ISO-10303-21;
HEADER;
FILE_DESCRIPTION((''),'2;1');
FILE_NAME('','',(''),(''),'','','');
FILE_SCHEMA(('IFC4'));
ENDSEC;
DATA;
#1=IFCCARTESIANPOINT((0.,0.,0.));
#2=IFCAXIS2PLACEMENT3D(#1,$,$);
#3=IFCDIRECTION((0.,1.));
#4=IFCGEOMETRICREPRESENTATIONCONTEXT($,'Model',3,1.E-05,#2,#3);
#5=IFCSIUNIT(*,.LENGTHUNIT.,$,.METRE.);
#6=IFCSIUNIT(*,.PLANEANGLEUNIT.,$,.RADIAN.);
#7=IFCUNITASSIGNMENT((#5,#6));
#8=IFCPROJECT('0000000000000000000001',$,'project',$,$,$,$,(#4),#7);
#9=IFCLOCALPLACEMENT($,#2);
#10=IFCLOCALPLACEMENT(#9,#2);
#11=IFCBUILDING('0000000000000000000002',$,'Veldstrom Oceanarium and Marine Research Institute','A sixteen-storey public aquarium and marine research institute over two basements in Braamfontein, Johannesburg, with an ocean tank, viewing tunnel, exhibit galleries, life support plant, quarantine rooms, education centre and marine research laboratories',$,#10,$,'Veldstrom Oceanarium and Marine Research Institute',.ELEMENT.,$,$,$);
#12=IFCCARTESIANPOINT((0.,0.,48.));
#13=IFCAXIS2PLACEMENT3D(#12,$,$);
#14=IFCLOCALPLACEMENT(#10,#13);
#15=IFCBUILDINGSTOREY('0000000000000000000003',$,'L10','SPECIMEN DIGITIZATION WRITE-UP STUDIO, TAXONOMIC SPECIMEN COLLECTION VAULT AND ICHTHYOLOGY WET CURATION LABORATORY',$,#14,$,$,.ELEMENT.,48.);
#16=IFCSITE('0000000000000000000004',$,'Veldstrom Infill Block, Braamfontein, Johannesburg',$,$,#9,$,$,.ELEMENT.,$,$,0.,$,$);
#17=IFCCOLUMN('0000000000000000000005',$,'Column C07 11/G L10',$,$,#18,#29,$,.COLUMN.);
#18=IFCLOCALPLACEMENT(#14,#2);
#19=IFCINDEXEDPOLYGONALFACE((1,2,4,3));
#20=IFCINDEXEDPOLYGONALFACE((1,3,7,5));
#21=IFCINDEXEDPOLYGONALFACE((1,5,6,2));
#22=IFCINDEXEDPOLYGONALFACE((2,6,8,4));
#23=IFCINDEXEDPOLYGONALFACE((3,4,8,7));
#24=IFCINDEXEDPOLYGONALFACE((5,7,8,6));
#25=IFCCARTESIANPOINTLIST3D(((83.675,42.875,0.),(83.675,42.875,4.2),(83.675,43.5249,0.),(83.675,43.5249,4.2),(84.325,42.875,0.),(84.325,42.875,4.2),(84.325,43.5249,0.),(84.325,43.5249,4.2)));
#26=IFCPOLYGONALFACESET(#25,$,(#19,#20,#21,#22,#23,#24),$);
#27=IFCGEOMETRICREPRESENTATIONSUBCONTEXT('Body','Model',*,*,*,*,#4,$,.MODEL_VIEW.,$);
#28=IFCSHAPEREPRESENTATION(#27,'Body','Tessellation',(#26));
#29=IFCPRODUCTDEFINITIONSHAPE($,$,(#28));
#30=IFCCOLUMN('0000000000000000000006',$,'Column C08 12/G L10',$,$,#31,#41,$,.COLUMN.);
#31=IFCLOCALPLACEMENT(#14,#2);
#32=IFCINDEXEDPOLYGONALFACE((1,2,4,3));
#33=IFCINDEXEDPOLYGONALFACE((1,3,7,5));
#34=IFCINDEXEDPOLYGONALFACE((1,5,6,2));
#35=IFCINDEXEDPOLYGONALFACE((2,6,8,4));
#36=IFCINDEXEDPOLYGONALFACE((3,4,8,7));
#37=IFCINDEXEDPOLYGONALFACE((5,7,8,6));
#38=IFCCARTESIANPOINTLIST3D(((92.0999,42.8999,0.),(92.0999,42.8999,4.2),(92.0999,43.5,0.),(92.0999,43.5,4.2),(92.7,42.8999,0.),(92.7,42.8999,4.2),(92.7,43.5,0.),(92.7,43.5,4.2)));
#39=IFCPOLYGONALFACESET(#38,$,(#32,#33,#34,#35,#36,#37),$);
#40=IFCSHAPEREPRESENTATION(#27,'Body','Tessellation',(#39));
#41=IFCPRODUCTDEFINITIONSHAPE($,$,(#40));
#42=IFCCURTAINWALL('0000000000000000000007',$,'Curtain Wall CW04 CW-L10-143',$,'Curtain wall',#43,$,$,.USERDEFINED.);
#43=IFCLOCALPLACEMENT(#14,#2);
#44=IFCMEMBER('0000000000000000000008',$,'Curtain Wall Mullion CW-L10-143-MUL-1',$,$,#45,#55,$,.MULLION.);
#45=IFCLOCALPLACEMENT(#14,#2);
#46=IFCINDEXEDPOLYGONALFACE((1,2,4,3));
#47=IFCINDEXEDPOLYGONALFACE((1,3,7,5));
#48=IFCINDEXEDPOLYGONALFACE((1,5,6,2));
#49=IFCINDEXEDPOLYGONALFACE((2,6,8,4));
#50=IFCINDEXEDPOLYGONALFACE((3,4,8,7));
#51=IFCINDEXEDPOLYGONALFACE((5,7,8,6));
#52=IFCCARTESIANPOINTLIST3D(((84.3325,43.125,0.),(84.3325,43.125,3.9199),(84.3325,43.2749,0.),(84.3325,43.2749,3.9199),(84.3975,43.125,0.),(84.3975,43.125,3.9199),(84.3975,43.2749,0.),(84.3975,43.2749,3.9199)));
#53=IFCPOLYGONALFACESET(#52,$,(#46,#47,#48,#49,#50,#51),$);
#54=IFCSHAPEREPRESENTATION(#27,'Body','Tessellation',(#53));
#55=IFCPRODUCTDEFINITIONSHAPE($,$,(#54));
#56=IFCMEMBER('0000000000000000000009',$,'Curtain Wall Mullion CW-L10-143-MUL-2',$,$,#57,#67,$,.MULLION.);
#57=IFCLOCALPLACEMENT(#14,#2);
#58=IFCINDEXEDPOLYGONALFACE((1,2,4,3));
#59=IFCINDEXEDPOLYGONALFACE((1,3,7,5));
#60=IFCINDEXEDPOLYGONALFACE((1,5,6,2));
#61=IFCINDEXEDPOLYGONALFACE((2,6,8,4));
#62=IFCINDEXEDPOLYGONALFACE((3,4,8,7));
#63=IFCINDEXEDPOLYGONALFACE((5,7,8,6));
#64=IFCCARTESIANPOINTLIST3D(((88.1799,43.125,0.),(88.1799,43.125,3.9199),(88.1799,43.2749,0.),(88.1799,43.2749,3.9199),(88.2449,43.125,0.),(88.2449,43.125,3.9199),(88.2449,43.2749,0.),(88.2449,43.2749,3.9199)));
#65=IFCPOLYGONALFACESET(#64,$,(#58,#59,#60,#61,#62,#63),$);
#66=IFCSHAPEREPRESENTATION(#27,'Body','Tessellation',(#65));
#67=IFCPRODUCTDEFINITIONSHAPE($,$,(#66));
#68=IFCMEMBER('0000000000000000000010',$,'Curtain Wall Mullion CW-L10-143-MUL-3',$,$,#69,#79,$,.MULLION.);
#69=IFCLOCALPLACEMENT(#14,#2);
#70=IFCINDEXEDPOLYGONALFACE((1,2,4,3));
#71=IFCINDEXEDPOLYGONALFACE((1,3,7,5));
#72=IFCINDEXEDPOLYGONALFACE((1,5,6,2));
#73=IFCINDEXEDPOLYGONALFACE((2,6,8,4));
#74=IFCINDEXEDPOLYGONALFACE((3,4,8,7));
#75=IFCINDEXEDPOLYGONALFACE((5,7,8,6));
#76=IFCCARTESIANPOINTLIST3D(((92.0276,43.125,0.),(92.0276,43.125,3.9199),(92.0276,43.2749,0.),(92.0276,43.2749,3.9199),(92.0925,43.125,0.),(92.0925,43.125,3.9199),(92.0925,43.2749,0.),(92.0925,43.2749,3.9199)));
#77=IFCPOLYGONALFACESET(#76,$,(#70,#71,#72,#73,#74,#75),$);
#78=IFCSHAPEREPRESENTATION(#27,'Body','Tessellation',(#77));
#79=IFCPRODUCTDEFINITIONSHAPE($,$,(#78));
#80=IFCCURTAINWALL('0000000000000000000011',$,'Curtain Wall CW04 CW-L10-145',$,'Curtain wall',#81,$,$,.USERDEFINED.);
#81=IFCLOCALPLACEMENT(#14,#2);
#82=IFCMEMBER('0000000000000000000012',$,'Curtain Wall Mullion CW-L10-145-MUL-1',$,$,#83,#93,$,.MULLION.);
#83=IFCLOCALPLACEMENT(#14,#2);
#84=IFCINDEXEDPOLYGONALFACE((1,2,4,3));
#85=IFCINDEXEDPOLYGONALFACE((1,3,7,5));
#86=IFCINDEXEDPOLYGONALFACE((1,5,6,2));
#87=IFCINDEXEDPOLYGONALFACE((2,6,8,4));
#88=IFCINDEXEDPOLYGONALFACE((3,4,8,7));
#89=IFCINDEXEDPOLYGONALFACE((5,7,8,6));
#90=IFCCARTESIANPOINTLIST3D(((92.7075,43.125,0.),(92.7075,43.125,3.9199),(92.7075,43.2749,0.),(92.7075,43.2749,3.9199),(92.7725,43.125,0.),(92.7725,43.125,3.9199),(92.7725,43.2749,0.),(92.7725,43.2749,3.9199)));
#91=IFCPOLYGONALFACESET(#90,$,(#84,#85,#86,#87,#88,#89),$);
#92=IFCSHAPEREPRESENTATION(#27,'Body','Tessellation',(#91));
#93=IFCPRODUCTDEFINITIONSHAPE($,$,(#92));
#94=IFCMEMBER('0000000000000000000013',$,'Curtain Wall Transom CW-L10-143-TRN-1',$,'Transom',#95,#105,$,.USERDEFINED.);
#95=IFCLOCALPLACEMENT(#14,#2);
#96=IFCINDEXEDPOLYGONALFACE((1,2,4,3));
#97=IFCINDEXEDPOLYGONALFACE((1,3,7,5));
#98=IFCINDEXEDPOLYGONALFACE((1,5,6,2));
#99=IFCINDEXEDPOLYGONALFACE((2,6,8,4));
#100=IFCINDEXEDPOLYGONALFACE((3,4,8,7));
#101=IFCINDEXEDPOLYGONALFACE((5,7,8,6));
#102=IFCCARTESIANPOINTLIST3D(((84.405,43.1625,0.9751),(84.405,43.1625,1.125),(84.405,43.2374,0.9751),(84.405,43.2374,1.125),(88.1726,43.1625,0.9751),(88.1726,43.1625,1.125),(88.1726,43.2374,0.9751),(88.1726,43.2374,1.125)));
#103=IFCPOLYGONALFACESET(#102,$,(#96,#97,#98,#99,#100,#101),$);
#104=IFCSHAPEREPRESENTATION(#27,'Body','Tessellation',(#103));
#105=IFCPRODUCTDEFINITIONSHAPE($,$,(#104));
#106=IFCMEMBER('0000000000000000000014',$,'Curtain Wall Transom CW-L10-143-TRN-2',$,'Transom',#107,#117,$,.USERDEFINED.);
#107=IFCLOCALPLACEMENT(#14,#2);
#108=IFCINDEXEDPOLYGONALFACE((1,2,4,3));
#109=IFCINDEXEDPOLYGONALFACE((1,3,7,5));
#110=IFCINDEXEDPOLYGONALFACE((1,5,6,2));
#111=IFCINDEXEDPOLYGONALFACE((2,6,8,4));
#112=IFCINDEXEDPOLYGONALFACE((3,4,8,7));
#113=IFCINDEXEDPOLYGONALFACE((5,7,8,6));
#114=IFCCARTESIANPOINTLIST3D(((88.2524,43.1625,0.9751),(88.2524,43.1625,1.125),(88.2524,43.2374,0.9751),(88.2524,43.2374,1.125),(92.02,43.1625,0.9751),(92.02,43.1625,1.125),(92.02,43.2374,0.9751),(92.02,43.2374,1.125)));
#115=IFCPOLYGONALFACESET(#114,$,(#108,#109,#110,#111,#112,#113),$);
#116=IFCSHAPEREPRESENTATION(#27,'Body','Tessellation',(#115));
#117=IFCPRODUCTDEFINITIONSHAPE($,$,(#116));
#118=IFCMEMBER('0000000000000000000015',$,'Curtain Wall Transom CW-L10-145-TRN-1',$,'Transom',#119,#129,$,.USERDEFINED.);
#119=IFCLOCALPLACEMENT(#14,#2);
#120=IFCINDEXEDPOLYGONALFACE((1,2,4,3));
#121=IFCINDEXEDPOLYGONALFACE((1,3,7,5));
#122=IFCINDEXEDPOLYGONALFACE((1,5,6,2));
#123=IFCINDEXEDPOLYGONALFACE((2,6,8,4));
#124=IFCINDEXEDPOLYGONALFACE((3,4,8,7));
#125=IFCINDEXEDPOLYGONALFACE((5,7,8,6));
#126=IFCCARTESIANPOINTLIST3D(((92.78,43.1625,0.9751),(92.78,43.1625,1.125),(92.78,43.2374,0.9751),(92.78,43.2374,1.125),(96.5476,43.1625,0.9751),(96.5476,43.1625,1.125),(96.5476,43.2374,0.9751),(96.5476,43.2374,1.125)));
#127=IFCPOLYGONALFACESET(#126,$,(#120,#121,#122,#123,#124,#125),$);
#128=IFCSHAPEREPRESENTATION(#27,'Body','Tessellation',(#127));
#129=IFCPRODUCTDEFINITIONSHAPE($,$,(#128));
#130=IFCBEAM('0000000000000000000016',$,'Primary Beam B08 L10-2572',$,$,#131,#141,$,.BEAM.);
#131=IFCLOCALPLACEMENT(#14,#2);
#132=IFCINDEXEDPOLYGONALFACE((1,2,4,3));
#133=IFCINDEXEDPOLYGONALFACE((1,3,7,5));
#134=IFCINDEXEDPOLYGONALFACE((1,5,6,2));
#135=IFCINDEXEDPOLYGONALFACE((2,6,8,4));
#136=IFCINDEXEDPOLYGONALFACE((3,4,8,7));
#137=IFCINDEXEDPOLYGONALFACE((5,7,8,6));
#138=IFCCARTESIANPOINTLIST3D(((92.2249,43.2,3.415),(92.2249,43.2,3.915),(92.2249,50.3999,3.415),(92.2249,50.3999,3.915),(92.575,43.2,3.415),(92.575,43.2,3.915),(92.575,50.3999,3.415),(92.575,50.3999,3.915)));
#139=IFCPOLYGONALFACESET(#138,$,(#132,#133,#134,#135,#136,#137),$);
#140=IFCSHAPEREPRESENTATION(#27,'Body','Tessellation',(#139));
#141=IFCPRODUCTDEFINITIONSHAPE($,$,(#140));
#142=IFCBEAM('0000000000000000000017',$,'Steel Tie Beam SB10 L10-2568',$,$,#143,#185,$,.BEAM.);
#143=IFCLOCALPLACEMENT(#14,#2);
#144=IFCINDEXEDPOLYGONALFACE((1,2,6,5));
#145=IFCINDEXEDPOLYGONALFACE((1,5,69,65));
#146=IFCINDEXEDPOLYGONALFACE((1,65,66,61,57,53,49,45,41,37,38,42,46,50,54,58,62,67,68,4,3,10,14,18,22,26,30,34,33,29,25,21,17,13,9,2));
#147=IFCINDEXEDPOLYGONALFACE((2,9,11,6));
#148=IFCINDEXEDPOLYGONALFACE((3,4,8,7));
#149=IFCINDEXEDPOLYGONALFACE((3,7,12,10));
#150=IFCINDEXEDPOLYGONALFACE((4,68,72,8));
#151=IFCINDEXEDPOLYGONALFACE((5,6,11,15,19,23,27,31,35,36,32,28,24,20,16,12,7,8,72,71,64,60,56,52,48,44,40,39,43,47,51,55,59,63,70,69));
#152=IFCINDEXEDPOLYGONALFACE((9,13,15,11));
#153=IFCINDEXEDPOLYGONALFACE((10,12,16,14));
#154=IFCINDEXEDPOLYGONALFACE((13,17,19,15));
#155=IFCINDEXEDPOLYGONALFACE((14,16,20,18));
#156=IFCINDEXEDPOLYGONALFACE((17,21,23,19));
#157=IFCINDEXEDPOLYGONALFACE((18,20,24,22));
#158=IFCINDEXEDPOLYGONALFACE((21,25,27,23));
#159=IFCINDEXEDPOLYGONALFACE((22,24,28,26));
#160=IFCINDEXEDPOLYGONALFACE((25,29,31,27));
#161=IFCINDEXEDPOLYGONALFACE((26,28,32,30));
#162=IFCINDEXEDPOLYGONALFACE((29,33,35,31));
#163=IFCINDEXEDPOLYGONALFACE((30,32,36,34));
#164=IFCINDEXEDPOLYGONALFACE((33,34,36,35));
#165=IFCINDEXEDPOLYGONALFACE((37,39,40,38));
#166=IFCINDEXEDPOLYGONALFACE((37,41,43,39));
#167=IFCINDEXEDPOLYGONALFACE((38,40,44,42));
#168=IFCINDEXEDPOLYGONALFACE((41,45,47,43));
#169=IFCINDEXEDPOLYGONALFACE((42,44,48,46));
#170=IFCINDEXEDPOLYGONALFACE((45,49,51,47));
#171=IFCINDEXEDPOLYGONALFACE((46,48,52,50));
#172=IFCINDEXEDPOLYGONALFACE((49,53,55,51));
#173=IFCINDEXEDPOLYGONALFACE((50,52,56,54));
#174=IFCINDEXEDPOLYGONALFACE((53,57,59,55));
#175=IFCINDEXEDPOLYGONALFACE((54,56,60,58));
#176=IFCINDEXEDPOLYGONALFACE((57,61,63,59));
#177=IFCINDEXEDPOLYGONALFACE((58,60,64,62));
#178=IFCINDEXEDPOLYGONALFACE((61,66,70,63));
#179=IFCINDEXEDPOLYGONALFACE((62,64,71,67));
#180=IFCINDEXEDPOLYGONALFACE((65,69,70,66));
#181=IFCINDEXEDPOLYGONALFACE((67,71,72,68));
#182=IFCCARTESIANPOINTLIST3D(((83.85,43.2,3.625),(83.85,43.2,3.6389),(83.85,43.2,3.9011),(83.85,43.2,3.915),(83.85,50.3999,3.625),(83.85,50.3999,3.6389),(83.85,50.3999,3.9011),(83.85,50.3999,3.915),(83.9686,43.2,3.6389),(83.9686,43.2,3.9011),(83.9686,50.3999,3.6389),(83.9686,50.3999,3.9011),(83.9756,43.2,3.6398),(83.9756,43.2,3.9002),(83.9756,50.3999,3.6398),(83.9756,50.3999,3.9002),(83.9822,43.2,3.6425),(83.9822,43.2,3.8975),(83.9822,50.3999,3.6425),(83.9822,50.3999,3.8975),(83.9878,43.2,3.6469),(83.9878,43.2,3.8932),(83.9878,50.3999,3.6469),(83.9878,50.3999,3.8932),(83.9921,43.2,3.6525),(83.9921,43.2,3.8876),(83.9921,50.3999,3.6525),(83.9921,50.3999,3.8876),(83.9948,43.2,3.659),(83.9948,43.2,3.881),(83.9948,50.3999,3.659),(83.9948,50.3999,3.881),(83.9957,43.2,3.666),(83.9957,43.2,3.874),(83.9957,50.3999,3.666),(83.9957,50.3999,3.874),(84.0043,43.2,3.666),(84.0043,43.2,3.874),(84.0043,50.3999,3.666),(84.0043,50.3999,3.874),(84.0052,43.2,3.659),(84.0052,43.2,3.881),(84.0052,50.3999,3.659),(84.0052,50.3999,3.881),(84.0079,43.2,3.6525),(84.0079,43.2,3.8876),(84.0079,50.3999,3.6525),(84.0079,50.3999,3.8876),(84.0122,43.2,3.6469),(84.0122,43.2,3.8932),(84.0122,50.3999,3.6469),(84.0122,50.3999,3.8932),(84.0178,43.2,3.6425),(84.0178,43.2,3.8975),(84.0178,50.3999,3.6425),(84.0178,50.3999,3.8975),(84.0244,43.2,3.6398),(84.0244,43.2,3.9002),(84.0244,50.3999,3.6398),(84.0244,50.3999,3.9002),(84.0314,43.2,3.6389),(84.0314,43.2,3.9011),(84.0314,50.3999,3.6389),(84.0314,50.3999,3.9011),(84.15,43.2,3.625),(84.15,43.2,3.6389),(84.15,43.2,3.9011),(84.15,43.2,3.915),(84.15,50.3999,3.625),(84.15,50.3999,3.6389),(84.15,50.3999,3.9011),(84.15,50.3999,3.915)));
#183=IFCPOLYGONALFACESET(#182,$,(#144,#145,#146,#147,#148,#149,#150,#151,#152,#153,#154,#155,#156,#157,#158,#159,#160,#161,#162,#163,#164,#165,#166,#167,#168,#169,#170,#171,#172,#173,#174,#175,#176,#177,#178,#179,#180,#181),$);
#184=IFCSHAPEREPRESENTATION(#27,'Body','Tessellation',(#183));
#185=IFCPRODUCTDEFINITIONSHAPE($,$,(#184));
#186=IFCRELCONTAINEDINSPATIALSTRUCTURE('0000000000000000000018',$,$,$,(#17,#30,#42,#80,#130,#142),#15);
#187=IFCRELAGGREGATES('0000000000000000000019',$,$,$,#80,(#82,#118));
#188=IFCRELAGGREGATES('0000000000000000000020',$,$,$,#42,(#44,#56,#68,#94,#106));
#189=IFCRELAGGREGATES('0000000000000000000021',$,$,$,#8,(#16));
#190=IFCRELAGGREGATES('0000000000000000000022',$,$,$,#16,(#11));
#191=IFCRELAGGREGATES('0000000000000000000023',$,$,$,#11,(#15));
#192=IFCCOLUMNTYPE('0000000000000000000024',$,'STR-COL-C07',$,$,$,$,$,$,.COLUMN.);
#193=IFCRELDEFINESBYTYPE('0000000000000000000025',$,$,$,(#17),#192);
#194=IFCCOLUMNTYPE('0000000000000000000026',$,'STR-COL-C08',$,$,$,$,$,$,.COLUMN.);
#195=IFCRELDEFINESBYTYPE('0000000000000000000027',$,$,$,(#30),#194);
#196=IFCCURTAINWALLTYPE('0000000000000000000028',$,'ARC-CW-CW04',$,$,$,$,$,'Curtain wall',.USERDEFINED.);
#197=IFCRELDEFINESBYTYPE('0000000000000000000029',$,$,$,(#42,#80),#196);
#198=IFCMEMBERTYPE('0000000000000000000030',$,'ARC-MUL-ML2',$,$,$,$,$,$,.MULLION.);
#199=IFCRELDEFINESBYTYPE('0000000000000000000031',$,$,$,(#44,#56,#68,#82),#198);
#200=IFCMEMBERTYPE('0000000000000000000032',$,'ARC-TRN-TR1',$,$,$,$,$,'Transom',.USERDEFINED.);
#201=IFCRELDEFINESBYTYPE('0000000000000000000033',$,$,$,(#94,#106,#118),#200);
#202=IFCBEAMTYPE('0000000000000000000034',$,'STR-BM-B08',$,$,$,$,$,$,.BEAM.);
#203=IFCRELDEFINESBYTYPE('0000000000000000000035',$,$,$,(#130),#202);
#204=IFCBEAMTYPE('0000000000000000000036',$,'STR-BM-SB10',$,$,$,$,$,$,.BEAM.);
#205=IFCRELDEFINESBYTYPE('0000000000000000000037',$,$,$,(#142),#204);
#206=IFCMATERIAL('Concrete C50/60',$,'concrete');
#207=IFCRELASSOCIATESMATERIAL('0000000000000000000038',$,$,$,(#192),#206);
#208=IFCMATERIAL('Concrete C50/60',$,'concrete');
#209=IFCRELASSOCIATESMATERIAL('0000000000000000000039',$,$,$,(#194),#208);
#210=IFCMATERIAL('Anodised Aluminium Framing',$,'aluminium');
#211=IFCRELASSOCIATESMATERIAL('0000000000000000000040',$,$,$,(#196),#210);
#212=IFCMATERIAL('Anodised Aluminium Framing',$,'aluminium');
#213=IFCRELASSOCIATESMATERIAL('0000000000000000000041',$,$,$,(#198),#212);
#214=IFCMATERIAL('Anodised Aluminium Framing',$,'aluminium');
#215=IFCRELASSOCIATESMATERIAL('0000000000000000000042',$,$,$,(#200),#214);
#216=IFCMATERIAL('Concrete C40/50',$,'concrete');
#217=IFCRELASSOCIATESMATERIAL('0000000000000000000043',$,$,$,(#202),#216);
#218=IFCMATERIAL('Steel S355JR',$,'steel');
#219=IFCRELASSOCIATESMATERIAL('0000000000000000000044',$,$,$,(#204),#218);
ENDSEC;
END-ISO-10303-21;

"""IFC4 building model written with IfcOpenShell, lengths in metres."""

from ifc_helpers import new_model, si_unit, direction, frame, origin, origin_2d, place, context, subcontext, project, spatial, rectangle, i_section, extrude, material, material_profile, profile_set, type_object, element, aggregate, save


model = new_model("IFC4")

# Units and contexts
model_context = context("Model", 3, precision=1e-05, world=origin(), true_north=direction((0.0, 1.0)))
body_context = subcontext(model_context, "Body", "Model", "MODEL_VIEW")
ifc_project = project(units=[si_unit("LENGTHUNIT", "METRE"), si_unit("PLANEANGLEUNIT", "RADIAN")], contexts=[model_context])

# Site, building, storey
site_placement = place(None, origin())
site = spatial("IfcSite", under=ifc_project, at=site_placement, Name="Veldstrom Infill Block, Braamfontein, Johannesburg", CompositionType="ELEMENT", RefElevation=0.0)
building_placement = place(site_placement, origin())
building = spatial("IfcBuilding", under=site, at=building_placement, Name="Veldstrom Oceanarium and Marine Research Institute", Description="A sixteen-storey public aquarium and marine research institute over two basements in Braamfontein, Johannesburg, with an ocean tank, viewing tunnel, exhibit galleries, life support plant, quarantine rooms, education centre and marine research laboratories", LongName="Veldstrom Oceanarium and Marine Research Institute", CompositionType="ELEMENT")
storey_placement = place(building_placement, frame((0.0, 0.0, 48.0)))
storey = spatial("IfcBuildingStorey", under=building, at=storey_placement, Name="L10", Description="SPECIMEN DIGITIZATION WRITE-UP STUDIO, TAXONOMIC SPECIMEN COLLECTION VAULT AND ICHTHYOLOGY WET CURATION LABORATORY", CompositionType="ELEMENT", Elevation=48.0)

# Columns
ifc_material_1 = material(Name="Concrete C50/60", Category="concrete")
ifc_material_profile_1 = material_profile(ifc_material_1, rectangle(XDim=0.6499, YDim=0.6499, at=origin_2d()), Name="RC-COL-650x650")
ifc_profile_set_1 = profile_set([ifc_material_profile_1], Name="Concrete C50/60")
column_type_1 = type_object("IfcColumnType", Name="STR-COL-C07", PredefinedType="COLUMN", material=ifc_profile_set_1)
column_1_placement = place(storey_placement, frame((84.0, 43.2, 0.0), z_axis=(0.0, 0.0, 1.0), x_axis=(1.0, 0.0, 0.0)))
element("IfcColumn", 1, at=column_1_placement, inside=storey, type_object=column_type_1, Name="Column C07 11/G L10", PredefinedType="COLUMN", context=body_context, shape_type="SweptSolid", body=[
    extrude(rectangle(XDim=0.6499, YDim=0.6499, at=origin_2d()), origin(), (0.0, 0.0, 1.0), 4.2),
])
ifc_material_2 = material(Name="Concrete C50/60", Category="concrete")
ifc_material_profile_2 = material_profile(ifc_material_2, rectangle(XDim=0.6001, YDim=0.6001, at=origin_2d()), Name="RC-COL-600x600")
ifc_profile_set_2 = profile_set([ifc_material_profile_2], Name="Concrete C50/60")
column_type_2 = type_object("IfcColumnType", Name="STR-COL-C08", PredefinedType="COLUMN", material=ifc_profile_set_2)
column_2_placement = place(storey_placement, frame((92.3999, 43.2, 0.0), z_axis=(0.0, 0.0, 1.0), x_axis=(1.0, 0.0, 0.0)))
element("IfcColumn", 2, at=column_2_placement, inside=storey, type_object=column_type_2, Name="Column C08 12/G L10", PredefinedType="COLUMN", context=body_context, shape_type="SweptSolid", body=[
    extrude(rectangle(XDim=0.6001, YDim=0.6001, at=origin_2d()), origin(), (0.0, 0.0, 1.0), 4.2),
])

# Curtain wall, members
ifc_material_3 = material(Name="Anodised Aluminium Framing", Category="aluminium")
curtain_wall_type = type_object("IfcCurtainWallType", Name="ARC-CW-CW04", ElementType="Curtain wall", PredefinedType="USERDEFINED", material=ifc_material_3)
curtain_wall_1_placement = place(storey_placement, origin())
curtain_wall_1 = element("IfcCurtainWall", 3, at=curtain_wall_1_placement, inside=storey, type_object=curtain_wall_type, Name="Curtain Wall CW04 CW-L10-143", ObjectType="Curtain wall", PredefinedType="USERDEFINED")
ifc_material_4 = material(Name="Anodised Aluminium Framing", Category="aluminium")
ifc_material_profile_3 = material_profile(ifc_material_4, rectangle(XDim=0.0649, YDim=0.1499, at=origin_2d()), Name="ALU-MUL-65x150")
ifc_profile_set_3 = profile_set([ifc_material_profile_3], Name="Anodised Aluminium Framing")
member_type_1 = type_object("IfcMemberType", Name="ARC-MUL-ML2", PredefinedType="MULLION", material=ifc_profile_set_3)
member_1_placement = place(storey_placement, frame((84.365, 43.2, 0.0), z_axis=(0.0, 0.0, 1.0), x_axis=(1.0, 0.0, 0.0)))
member_1 = element("IfcMember", 4, at=member_1_placement, type_object=member_type_1, Name="Curtain Wall Mullion CW-L10-143-MUL-1", PredefinedType="MULLION", context=body_context, shape_type="SweptSolid", body=[
    extrude(rectangle(XDim=0.0649, YDim=0.1499, at=origin_2d()), origin(), (0.0, 0.0, 1.0), 3.9199),
])
member_2_placement = place(storey_placement, frame((88.2124, 43.2, 0.0), z_axis=(0.0, 0.0, 1.0), x_axis=(1.0, 0.0, 0.0)))
member_2 = element("IfcMember", 5, at=member_2_placement, type_object=member_type_1, Name="Curtain Wall Mullion CW-L10-143-MUL-2", PredefinedType="MULLION", context=body_context, shape_type="SweptSolid", body=[
    extrude(rectangle(XDim=0.0649, YDim=0.1499, at=origin_2d()), origin(), (0.0, 0.0, 1.0), 3.9199),
])
member_3_placement = place(storey_placement, frame((92.0601, 43.2, 0.0), z_axis=(0.0, 0.0, 1.0), x_axis=(1.0, 0.0, 0.0)))
member_3 = element("IfcMember", 6, at=member_3_placement, type_object=member_type_1, Name="Curtain Wall Mullion CW-L10-143-MUL-3", PredefinedType="MULLION", context=body_context, shape_type="SweptSolid", body=[
    extrude(rectangle(XDim=0.0649, YDim=0.1499, at=origin_2d()), origin(), (0.0, 0.0, 1.0), 3.9199),
])

# Curtain wall, member
curtain_wall_2_placement = place(storey_placement, origin())
curtain_wall_2 = element("IfcCurtainWall", 7, at=curtain_wall_2_placement, inside=storey, type_object=curtain_wall_type, Name="Curtain Wall CW04 CW-L10-145", ObjectType="Curtain wall", PredefinedType="USERDEFINED")
member_4_placement = place(storey_placement, frame((92.74, 43.2, 0.0), z_axis=(0.0, 0.0, 1.0), x_axis=(1.0, 0.0, 0.0)))
member_4 = element("IfcMember", 8, at=member_4_placement, type_object=member_type_1, Name="Curtain Wall Mullion CW-L10-145-MUL-1", PredefinedType="MULLION", context=body_context, shape_type="SweptSolid", body=[
    extrude(rectangle(XDim=0.0649, YDim=0.1499, at=origin_2d()), origin(), (0.0, 0.0, 1.0), 3.9199),
])

# Members
ifc_material_5 = material(Name="Anodised Aluminium Framing", Category="aluminium")
ifc_material_profile_4 = material_profile(ifc_material_5, rectangle(XDim=0.075, YDim=0.1499, at=origin_2d()), Name="ALU-TRN-75x150")
ifc_profile_set_4 = profile_set([ifc_material_profile_4], Name="Anodised Aluminium Framing")
member_type_2 = type_object("IfcMemberType", Name="ARC-TRN-TR1", ElementType="Transom", PredefinedType="USERDEFINED", material=ifc_profile_set_4)
member_5_placement = place(storey_placement, frame((84.405, 43.2, 1.05), z_axis=(1.0, 0.0, 0.0), x_axis=(0.0, 1.0, 0.0)))
member_5 = element("IfcMember", 9, at=member_5_placement, type_object=member_type_2, Name="Curtain Wall Transom CW-L10-143-TRN-1", ObjectType="Transom", PredefinedType="USERDEFINED", context=body_context, shape_type="SweptSolid", body=[
    extrude(rectangle(XDim=0.075, YDim=0.1499, at=origin_2d()), origin(), (0.0, 0.0, 1.0), 3.7676),
])
member_6_placement = place(storey_placement, frame((88.2524, 43.2, 1.05), z_axis=(1.0, 0.0, 0.0), x_axis=(0.0, 1.0, 0.0)))
member_6 = element("IfcMember", 10, at=member_6_placement, type_object=member_type_2, Name="Curtain Wall Transom CW-L10-143-TRN-2", ObjectType="Transom", PredefinedType="USERDEFINED", context=body_context, shape_type="SweptSolid", body=[
    extrude(rectangle(XDim=0.075, YDim=0.1499, at=origin_2d()), origin(), (0.0, 0.0, 1.0), 3.7676),
])
member_7_placement = place(storey_placement, frame((92.78, 43.2, 1.05), z_axis=(1.0, 0.0, 0.0), x_axis=(0.0, 1.0, 0.0)))
member_7 = element("IfcMember", 11, at=member_7_placement, type_object=member_type_2, Name="Curtain Wall Transom CW-L10-145-TRN-1", ObjectType="Transom", PredefinedType="USERDEFINED", context=body_context, shape_type="SweptSolid", body=[
    extrude(rectangle(XDim=0.075, YDim=0.1499, at=origin_2d()), origin(), (0.0, 0.0, 1.0), 3.7676),
])
aggregate(curtain_wall_2, [member_4, member_7])

# Beams
ifc_material_6 = material(Name="Concrete C40/50", Category="concrete")
ifc_material_profile_5 = material_profile(ifc_material_6, rectangle(XDim=0.3501, YDim=0.5, at=origin_2d()), Name="RC-BM-350x500")
ifc_profile_set_5 = profile_set([ifc_material_profile_5], Name="Concrete C40/50")
beam_type_1 = type_object("IfcBeamType", Name="STR-BM-B08", PredefinedType="BEAM", material=ifc_profile_set_5)
beam_1_placement = place(storey_placement, frame((92.3999, 43.2, 3.665), z_axis=(0.0, 1.0, 0.0), x_axis=(-1.0, 0.0, 0.0)))
element("IfcBeam", 12, at=beam_1_placement, inside=storey, type_object=beam_type_1, Name="Primary Beam B08 L10-2572", PredefinedType="BEAM", context=body_context, shape_type="SweptSolid", body=[
    extrude(rectangle(XDim=0.3501, YDim=0.5, at=origin_2d()), origin(), (0.0, 0.0, 1.0), 7.2),
])
ifc_material_7 = material(Name="Steel S355JR", Category="steel")
ifc_material_profile_6 = material_profile(ifc_material_7, i_section(OverallWidth=0.3, OverallDepth=0.29, WebThickness=0.0085, FlangeThickness=0.0139, FilletRadius=0.0271, at=origin_2d()), Name="HEA 300")
ifc_profile_set_6 = profile_set([ifc_material_profile_6], Name="Steel S355JR")
beam_type_2 = type_object("IfcBeamType", Name="STR-BM-SB10", PredefinedType="BEAM", material=ifc_profile_set_6)
beam_2_placement = place(storey_placement, frame((84.0, 43.2, 3.77), z_axis=(0.0, 1.0, 0.0), x_axis=(-1.0, 0.0, 0.0)))
element("IfcBeam", 13, at=beam_2_placement, inside=storey, type_object=beam_type_2, Name="Steel Tie Beam SB10 L10-2568", PredefinedType="BEAM", context=body_context, shape_type="SweptSolid", body=[
    extrude(i_section(OverallWidth=0.3, OverallDepth=0.29, WebThickness=0.0085, FlangeThickness=0.0139, FilletRadius=0.0271, at=origin_2d()), origin(), (0.0, 0.0, 1.0), 7.2),
])

aggregate(curtain_wall_1, [member_1, member_2, member_3, member_5, member_6])

save(model, "model.ifc")
